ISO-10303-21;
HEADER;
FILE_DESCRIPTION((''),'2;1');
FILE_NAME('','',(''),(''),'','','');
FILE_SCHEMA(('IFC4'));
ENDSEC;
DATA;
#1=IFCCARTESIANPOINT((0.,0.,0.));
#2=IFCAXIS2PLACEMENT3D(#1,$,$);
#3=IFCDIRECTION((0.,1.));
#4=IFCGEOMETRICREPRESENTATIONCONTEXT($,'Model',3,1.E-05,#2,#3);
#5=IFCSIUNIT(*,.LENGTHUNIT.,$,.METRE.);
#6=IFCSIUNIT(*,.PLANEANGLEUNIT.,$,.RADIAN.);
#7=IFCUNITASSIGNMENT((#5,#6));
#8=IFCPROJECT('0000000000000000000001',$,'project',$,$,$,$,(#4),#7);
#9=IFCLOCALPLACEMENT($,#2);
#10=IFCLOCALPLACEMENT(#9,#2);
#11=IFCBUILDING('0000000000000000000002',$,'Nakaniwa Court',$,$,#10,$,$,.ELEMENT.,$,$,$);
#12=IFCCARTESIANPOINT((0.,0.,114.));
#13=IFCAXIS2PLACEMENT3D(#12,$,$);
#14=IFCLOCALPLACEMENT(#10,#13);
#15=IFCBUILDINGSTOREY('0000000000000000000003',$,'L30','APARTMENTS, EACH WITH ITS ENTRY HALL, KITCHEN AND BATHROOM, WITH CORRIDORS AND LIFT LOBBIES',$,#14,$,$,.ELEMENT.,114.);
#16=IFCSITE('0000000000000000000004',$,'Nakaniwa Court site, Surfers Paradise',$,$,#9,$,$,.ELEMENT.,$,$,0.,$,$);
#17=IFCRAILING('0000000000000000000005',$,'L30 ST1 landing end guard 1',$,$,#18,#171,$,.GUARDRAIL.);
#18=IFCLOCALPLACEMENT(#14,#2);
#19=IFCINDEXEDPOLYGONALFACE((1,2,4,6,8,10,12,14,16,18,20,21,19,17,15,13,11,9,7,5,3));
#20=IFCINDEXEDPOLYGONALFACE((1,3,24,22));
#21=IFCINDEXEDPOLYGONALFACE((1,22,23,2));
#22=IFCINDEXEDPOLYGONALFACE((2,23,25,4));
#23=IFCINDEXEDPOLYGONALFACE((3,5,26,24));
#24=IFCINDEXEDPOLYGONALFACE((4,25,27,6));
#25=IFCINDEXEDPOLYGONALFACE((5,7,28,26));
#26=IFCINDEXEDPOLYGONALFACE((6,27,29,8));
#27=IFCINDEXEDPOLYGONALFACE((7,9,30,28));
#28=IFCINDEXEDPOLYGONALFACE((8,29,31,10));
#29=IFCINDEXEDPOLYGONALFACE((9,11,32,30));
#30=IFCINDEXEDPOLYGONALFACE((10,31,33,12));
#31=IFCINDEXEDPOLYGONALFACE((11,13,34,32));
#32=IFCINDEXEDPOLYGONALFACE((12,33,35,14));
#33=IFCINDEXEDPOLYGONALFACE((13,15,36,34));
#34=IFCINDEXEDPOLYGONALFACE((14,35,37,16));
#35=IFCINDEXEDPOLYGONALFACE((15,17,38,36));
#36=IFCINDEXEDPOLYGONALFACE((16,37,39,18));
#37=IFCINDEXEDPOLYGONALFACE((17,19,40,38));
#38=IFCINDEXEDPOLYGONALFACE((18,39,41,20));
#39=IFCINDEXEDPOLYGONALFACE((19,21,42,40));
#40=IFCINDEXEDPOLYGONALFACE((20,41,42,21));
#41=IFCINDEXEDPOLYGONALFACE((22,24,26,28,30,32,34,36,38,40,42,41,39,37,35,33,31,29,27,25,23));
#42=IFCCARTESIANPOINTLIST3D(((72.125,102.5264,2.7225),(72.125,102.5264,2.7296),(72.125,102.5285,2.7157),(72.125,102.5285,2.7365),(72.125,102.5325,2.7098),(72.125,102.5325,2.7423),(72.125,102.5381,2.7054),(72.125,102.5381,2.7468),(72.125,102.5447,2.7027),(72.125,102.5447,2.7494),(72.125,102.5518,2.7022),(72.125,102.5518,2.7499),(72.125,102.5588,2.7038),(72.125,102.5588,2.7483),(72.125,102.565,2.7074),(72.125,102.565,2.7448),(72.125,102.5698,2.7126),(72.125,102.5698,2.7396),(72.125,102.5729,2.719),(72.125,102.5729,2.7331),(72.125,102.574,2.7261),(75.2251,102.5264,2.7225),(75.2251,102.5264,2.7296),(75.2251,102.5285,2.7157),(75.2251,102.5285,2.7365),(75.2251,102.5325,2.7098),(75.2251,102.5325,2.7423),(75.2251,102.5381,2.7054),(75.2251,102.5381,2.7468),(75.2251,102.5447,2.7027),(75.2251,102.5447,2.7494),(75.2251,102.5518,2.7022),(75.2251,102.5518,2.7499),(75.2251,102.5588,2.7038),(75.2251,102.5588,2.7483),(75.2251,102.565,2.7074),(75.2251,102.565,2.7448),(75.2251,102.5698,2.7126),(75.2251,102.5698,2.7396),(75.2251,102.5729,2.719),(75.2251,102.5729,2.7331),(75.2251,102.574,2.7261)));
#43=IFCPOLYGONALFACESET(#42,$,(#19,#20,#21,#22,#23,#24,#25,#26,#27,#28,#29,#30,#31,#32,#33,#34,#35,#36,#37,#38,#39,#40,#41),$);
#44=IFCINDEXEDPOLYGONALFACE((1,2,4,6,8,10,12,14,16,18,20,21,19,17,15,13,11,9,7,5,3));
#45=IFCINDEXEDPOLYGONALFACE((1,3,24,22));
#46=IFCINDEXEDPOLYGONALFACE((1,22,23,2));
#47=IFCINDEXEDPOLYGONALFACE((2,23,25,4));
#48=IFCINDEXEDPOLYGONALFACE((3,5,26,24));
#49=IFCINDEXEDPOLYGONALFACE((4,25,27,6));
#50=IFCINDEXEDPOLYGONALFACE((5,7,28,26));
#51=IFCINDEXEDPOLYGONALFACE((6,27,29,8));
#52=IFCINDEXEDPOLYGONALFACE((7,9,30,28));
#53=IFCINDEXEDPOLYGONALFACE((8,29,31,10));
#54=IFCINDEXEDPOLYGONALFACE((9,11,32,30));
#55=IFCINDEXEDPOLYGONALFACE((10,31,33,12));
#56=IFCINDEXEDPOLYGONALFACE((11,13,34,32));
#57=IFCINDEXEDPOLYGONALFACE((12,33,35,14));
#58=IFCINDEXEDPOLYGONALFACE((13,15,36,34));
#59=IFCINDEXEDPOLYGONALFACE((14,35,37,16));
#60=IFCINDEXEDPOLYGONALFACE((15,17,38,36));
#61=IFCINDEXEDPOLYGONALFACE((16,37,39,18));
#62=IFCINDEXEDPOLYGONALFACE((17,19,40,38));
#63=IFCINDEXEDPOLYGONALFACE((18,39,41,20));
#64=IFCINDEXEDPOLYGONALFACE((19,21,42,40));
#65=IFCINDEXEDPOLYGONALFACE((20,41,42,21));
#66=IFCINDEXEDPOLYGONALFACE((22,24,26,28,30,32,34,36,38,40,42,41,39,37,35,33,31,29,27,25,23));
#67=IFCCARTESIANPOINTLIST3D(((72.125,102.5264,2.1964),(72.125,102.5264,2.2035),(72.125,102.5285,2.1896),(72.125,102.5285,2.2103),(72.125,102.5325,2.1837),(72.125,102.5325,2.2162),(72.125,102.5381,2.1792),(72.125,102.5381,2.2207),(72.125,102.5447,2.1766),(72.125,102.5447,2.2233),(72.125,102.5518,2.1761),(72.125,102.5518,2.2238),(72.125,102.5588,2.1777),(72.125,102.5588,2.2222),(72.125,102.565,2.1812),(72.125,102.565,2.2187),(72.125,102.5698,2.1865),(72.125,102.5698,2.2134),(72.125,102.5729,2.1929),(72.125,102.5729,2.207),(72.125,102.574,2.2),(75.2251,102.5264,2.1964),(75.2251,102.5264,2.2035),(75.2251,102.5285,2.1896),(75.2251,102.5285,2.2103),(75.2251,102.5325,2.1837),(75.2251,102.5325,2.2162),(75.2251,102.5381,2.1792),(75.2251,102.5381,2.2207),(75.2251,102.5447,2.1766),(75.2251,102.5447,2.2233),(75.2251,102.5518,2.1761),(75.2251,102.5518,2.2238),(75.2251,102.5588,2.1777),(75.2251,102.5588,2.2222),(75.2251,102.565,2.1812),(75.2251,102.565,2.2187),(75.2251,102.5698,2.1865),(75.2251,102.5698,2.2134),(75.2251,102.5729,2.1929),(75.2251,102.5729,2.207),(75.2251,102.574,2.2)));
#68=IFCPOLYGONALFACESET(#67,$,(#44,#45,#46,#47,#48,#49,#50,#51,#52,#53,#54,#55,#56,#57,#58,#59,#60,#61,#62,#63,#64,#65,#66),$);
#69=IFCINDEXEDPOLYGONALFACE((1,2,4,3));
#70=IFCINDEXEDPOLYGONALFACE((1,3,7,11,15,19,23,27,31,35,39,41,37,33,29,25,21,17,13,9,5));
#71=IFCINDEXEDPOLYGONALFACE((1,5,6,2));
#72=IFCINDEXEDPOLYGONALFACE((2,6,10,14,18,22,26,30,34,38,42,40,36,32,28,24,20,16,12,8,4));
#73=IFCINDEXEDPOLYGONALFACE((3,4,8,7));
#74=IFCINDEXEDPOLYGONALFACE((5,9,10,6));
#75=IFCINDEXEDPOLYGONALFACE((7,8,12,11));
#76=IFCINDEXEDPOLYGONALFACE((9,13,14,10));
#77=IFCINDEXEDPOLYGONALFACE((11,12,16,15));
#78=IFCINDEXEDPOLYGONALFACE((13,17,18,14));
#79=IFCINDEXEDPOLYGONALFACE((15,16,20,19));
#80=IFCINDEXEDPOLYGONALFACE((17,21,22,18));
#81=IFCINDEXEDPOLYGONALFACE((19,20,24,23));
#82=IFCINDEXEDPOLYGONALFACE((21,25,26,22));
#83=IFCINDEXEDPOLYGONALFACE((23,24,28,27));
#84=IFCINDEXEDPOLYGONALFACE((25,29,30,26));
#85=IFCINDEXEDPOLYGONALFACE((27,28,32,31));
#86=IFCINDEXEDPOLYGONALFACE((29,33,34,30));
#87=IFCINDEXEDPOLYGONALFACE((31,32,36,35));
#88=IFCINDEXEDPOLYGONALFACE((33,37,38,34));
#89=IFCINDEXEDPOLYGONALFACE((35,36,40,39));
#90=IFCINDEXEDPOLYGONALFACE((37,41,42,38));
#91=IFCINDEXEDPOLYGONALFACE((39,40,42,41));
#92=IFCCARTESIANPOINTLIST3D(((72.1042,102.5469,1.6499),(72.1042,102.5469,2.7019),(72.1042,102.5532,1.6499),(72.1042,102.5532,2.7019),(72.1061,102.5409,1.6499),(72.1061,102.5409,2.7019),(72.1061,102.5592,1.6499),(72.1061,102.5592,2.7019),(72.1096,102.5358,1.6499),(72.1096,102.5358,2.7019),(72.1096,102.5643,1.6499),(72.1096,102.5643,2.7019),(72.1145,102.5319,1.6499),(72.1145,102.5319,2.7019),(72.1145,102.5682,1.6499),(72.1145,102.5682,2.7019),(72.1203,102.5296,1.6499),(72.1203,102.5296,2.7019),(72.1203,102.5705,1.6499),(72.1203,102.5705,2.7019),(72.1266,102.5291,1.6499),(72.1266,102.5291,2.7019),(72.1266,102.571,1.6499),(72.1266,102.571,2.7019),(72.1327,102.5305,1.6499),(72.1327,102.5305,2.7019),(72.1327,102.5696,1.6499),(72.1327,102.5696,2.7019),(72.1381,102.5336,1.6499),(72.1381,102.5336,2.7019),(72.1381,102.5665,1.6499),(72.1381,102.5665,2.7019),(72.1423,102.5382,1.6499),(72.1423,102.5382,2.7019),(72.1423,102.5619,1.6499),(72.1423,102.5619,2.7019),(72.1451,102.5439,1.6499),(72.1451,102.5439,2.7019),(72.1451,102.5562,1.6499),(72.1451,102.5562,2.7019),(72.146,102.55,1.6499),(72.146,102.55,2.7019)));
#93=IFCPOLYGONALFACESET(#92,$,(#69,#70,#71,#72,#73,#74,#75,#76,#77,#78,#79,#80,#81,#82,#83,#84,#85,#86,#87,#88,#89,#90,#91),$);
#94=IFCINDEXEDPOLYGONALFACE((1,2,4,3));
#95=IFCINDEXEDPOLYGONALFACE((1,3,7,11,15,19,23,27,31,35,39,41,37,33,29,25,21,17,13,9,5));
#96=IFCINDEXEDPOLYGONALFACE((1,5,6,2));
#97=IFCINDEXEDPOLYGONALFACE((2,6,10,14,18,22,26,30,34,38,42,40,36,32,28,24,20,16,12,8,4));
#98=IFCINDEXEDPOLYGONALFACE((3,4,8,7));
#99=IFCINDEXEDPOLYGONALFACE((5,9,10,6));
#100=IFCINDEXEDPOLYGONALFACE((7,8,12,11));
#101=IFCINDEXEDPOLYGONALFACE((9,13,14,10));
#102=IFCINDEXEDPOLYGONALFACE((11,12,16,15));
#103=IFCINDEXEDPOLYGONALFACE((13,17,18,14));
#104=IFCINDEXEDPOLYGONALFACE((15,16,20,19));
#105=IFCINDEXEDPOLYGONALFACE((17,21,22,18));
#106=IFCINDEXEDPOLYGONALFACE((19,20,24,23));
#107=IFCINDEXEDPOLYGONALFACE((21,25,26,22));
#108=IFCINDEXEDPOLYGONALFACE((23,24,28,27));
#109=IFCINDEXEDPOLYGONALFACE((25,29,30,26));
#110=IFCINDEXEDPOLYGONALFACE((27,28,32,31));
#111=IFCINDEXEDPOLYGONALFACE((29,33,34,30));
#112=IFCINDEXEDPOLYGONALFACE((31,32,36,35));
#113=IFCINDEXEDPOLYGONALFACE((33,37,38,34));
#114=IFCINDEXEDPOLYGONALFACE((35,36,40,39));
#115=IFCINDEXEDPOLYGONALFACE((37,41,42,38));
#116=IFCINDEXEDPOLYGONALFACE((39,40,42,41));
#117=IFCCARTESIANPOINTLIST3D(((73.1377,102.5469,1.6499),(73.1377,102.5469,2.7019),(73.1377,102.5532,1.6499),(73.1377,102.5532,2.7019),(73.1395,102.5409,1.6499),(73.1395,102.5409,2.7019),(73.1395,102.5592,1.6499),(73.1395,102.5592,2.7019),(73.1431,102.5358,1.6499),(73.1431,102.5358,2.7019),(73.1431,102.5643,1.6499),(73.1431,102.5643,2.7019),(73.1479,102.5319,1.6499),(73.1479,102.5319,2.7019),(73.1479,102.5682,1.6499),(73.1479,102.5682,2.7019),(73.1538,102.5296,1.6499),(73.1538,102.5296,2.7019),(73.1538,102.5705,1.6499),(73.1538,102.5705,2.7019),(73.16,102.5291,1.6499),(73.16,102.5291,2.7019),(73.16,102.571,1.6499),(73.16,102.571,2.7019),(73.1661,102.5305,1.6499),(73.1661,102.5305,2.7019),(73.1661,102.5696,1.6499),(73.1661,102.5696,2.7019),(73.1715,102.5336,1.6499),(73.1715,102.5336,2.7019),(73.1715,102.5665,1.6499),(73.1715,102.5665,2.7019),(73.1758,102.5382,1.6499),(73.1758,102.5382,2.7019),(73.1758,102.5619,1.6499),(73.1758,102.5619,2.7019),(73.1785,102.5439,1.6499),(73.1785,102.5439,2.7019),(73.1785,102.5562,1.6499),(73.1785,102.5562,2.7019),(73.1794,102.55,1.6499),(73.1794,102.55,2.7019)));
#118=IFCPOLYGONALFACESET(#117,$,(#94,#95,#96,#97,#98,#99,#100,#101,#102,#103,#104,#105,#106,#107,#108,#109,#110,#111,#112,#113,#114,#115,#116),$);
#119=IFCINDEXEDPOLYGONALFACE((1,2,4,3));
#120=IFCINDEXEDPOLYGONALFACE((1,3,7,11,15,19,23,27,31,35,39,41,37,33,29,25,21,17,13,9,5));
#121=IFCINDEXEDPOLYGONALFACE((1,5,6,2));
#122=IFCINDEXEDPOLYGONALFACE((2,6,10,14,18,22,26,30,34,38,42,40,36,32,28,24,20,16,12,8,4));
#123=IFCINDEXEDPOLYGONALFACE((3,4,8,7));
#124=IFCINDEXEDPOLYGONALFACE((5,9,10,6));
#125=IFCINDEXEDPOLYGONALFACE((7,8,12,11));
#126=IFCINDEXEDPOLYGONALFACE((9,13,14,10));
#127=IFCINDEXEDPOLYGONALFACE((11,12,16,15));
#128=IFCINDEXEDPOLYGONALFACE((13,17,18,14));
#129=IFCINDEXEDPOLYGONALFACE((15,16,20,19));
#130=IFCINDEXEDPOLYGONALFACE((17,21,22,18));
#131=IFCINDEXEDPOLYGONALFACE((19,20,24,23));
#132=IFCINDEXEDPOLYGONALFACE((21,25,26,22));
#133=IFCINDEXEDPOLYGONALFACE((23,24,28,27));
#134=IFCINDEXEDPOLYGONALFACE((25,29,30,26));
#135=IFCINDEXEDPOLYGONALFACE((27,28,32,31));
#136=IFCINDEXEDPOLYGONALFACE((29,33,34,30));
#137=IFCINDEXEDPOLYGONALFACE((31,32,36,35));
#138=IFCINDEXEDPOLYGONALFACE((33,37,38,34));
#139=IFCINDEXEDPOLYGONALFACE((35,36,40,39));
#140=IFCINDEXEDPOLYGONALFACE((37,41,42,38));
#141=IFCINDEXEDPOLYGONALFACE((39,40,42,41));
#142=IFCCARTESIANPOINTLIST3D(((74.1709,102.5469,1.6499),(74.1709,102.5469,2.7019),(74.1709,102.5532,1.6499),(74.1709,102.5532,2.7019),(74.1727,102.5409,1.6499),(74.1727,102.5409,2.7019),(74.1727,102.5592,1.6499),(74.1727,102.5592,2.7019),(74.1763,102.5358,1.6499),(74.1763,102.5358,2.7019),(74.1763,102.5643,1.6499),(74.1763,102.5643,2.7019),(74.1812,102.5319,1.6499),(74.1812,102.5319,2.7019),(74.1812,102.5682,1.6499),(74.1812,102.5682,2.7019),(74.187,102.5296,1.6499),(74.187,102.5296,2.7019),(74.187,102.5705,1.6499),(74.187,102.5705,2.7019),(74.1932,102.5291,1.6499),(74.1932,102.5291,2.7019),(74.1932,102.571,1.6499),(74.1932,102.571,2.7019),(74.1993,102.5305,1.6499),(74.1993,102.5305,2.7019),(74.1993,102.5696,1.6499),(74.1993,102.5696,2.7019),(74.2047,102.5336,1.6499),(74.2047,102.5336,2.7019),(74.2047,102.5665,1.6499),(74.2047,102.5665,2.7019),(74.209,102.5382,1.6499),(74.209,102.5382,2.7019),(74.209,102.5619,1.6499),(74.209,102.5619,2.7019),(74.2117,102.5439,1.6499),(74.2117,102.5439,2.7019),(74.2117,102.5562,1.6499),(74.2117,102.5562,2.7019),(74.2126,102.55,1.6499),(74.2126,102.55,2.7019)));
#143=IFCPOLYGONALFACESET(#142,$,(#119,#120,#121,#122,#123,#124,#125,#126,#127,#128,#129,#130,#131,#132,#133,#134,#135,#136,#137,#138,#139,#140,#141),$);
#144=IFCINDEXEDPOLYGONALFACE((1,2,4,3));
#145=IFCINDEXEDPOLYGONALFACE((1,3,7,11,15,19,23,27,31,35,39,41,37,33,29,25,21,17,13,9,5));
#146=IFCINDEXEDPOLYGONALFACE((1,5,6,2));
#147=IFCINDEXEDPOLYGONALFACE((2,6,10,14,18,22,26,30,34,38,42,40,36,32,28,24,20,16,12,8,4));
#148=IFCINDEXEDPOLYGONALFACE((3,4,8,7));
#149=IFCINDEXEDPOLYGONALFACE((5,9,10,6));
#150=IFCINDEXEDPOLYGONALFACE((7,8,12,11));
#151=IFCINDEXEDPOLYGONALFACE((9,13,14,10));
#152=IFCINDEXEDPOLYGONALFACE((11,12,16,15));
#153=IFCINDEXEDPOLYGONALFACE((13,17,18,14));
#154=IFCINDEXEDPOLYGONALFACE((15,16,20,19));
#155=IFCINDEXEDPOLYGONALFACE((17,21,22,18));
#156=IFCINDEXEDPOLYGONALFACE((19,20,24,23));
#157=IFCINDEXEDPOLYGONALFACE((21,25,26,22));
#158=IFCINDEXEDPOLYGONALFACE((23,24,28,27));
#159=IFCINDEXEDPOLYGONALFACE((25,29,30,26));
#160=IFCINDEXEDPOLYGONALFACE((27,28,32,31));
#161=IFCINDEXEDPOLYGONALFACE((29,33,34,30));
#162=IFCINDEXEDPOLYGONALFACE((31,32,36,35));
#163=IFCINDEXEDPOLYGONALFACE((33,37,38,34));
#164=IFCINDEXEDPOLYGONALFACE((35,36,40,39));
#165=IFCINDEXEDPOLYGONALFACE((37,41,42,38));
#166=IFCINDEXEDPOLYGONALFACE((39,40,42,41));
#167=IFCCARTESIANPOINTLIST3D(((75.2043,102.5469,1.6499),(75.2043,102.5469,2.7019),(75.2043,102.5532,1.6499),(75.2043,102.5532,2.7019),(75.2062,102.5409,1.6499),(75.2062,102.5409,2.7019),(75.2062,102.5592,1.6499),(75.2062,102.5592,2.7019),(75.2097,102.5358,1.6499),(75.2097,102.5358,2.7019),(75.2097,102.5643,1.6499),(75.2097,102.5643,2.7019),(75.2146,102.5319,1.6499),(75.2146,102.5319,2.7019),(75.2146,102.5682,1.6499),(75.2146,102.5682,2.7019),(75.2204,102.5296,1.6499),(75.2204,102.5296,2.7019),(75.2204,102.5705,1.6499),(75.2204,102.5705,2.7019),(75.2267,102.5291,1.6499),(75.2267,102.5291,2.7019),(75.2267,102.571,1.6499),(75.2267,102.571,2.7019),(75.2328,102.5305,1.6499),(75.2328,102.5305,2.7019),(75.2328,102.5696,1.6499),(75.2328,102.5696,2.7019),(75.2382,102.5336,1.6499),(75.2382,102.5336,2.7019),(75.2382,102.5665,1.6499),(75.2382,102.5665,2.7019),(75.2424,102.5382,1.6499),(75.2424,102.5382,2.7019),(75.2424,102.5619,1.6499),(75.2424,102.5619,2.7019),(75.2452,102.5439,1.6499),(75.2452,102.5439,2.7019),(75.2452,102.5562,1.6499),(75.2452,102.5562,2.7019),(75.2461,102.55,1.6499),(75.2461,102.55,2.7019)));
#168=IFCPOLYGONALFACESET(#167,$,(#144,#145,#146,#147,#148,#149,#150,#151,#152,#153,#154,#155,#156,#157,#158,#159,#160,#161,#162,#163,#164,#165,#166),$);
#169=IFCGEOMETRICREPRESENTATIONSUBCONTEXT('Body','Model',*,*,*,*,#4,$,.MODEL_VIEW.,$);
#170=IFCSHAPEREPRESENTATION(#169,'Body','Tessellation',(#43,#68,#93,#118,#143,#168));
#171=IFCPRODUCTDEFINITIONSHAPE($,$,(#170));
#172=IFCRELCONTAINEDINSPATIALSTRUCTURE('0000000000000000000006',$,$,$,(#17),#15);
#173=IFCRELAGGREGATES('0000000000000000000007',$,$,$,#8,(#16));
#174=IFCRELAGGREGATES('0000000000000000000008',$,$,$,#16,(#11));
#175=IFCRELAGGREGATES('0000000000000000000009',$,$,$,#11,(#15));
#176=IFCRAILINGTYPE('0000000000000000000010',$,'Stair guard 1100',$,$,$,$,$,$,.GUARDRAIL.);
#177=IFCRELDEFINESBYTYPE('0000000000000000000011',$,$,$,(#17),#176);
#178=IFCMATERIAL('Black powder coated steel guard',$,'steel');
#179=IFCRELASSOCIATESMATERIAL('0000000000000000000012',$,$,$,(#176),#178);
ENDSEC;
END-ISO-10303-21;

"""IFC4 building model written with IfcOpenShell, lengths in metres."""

from ifc_helpers import new_model, si_unit, direction, frame, origin, origin_2d, place, context, subcontext, project, spatial, circle, extrude, material, type_object, element, save


model = new_model("IFC4")

# Units and contexts
model_context = context("Model", 3, precision=1e-05, world=origin(), true_north=direction((0.0, 1.0)))
body_context = subcontext(model_context, "Body", "Model", "MODEL_VIEW")
ifc_project = project(units=[si_unit("LENGTHUNIT", "METRE"), si_unit("PLANEANGLEUNIT", "RADIAN")], contexts=[model_context])

# Site, building, storey
site_placement = place(None, origin())
site = spatial("IfcSite", under=ifc_project, at=site_placement, Name="Nakaniwa Court site, Surfers Paradise", CompositionType="ELEMENT", RefElevation=0.0)
building_placement = place(site_placement, origin())
building = spatial("IfcBuilding", under=site, at=building_placement, Name="Nakaniwa Court", CompositionType="ELEMENT")
storey_placement = place(building_placement, frame((0.0, 0.0, 114.0)))
storey = spatial("IfcBuildingStorey", under=building, at=storey_placement, Name="L30", Description="APARTMENTS, EACH WITH ITS ENTRY HALL, KITCHEN AND BATHROOM, WITH CORRIDORS AND LIFT LOBBIES", CompositionType="ELEMENT", Elevation=114.0)

# Railing
ifc_material_1 = material(Name="Black powder coated steel guard", Category="steel")
railing_type_1 = type_object("IfcRailingType", Name="Stair guard 1100", PredefinedType="GUARDRAIL", material=ifc_material_1)
railing_1_placement = place(storey_placement, frame((72.125, 102.55, 1.6499)))
element("IfcRailing", 1, at=railing_1_placement, inside=storey, type_object=railing_type_1, Name="L30 ST1 landing end guard 1", PredefinedType="GUARDRAIL", context=body_context, shape_type="SweptSolid", body=[
    extrude(circle(Radius=0.0239, at=origin_2d()), frame((0.0, 0.0, 1.0762), z_axis=(1.0, 0.0, 0.0), x_axis=(0.0, 1.0, 0.0)), (0.0, 0.0, 1.0), 3.1001),
    extrude(circle(Radius=0.0239, at=origin_2d()), frame((0.0, 0.0, 0.55), z_axis=(1.0, 0.0, 0.0), x_axis=(0.0, 1.0, 0.0)), (0.0, 0.0, 1.0), 3.1001),
    extrude(circle(Radius=0.021, at=origin_2d()), origin(), (0.0, 0.0, 1.0), 1.052),
    extrude(circle(Radius=0.021, at=origin_2d()), frame((1.0334, 0.0, 0.0)), (0.0, 0.0, 1.0), 1.052),
    extrude(circle(Radius=0.021, at=origin_2d()), frame((2.0667, 0.0, 0.0)), (0.0, 0.0, 1.0), 1.052),
    extrude(circle(Radius=0.021, at=origin_2d()), frame((3.1001, 0.0, 0.0)), (0.0, 0.0, 1.0), 1.052),
])

save(model, "model.ifc")
